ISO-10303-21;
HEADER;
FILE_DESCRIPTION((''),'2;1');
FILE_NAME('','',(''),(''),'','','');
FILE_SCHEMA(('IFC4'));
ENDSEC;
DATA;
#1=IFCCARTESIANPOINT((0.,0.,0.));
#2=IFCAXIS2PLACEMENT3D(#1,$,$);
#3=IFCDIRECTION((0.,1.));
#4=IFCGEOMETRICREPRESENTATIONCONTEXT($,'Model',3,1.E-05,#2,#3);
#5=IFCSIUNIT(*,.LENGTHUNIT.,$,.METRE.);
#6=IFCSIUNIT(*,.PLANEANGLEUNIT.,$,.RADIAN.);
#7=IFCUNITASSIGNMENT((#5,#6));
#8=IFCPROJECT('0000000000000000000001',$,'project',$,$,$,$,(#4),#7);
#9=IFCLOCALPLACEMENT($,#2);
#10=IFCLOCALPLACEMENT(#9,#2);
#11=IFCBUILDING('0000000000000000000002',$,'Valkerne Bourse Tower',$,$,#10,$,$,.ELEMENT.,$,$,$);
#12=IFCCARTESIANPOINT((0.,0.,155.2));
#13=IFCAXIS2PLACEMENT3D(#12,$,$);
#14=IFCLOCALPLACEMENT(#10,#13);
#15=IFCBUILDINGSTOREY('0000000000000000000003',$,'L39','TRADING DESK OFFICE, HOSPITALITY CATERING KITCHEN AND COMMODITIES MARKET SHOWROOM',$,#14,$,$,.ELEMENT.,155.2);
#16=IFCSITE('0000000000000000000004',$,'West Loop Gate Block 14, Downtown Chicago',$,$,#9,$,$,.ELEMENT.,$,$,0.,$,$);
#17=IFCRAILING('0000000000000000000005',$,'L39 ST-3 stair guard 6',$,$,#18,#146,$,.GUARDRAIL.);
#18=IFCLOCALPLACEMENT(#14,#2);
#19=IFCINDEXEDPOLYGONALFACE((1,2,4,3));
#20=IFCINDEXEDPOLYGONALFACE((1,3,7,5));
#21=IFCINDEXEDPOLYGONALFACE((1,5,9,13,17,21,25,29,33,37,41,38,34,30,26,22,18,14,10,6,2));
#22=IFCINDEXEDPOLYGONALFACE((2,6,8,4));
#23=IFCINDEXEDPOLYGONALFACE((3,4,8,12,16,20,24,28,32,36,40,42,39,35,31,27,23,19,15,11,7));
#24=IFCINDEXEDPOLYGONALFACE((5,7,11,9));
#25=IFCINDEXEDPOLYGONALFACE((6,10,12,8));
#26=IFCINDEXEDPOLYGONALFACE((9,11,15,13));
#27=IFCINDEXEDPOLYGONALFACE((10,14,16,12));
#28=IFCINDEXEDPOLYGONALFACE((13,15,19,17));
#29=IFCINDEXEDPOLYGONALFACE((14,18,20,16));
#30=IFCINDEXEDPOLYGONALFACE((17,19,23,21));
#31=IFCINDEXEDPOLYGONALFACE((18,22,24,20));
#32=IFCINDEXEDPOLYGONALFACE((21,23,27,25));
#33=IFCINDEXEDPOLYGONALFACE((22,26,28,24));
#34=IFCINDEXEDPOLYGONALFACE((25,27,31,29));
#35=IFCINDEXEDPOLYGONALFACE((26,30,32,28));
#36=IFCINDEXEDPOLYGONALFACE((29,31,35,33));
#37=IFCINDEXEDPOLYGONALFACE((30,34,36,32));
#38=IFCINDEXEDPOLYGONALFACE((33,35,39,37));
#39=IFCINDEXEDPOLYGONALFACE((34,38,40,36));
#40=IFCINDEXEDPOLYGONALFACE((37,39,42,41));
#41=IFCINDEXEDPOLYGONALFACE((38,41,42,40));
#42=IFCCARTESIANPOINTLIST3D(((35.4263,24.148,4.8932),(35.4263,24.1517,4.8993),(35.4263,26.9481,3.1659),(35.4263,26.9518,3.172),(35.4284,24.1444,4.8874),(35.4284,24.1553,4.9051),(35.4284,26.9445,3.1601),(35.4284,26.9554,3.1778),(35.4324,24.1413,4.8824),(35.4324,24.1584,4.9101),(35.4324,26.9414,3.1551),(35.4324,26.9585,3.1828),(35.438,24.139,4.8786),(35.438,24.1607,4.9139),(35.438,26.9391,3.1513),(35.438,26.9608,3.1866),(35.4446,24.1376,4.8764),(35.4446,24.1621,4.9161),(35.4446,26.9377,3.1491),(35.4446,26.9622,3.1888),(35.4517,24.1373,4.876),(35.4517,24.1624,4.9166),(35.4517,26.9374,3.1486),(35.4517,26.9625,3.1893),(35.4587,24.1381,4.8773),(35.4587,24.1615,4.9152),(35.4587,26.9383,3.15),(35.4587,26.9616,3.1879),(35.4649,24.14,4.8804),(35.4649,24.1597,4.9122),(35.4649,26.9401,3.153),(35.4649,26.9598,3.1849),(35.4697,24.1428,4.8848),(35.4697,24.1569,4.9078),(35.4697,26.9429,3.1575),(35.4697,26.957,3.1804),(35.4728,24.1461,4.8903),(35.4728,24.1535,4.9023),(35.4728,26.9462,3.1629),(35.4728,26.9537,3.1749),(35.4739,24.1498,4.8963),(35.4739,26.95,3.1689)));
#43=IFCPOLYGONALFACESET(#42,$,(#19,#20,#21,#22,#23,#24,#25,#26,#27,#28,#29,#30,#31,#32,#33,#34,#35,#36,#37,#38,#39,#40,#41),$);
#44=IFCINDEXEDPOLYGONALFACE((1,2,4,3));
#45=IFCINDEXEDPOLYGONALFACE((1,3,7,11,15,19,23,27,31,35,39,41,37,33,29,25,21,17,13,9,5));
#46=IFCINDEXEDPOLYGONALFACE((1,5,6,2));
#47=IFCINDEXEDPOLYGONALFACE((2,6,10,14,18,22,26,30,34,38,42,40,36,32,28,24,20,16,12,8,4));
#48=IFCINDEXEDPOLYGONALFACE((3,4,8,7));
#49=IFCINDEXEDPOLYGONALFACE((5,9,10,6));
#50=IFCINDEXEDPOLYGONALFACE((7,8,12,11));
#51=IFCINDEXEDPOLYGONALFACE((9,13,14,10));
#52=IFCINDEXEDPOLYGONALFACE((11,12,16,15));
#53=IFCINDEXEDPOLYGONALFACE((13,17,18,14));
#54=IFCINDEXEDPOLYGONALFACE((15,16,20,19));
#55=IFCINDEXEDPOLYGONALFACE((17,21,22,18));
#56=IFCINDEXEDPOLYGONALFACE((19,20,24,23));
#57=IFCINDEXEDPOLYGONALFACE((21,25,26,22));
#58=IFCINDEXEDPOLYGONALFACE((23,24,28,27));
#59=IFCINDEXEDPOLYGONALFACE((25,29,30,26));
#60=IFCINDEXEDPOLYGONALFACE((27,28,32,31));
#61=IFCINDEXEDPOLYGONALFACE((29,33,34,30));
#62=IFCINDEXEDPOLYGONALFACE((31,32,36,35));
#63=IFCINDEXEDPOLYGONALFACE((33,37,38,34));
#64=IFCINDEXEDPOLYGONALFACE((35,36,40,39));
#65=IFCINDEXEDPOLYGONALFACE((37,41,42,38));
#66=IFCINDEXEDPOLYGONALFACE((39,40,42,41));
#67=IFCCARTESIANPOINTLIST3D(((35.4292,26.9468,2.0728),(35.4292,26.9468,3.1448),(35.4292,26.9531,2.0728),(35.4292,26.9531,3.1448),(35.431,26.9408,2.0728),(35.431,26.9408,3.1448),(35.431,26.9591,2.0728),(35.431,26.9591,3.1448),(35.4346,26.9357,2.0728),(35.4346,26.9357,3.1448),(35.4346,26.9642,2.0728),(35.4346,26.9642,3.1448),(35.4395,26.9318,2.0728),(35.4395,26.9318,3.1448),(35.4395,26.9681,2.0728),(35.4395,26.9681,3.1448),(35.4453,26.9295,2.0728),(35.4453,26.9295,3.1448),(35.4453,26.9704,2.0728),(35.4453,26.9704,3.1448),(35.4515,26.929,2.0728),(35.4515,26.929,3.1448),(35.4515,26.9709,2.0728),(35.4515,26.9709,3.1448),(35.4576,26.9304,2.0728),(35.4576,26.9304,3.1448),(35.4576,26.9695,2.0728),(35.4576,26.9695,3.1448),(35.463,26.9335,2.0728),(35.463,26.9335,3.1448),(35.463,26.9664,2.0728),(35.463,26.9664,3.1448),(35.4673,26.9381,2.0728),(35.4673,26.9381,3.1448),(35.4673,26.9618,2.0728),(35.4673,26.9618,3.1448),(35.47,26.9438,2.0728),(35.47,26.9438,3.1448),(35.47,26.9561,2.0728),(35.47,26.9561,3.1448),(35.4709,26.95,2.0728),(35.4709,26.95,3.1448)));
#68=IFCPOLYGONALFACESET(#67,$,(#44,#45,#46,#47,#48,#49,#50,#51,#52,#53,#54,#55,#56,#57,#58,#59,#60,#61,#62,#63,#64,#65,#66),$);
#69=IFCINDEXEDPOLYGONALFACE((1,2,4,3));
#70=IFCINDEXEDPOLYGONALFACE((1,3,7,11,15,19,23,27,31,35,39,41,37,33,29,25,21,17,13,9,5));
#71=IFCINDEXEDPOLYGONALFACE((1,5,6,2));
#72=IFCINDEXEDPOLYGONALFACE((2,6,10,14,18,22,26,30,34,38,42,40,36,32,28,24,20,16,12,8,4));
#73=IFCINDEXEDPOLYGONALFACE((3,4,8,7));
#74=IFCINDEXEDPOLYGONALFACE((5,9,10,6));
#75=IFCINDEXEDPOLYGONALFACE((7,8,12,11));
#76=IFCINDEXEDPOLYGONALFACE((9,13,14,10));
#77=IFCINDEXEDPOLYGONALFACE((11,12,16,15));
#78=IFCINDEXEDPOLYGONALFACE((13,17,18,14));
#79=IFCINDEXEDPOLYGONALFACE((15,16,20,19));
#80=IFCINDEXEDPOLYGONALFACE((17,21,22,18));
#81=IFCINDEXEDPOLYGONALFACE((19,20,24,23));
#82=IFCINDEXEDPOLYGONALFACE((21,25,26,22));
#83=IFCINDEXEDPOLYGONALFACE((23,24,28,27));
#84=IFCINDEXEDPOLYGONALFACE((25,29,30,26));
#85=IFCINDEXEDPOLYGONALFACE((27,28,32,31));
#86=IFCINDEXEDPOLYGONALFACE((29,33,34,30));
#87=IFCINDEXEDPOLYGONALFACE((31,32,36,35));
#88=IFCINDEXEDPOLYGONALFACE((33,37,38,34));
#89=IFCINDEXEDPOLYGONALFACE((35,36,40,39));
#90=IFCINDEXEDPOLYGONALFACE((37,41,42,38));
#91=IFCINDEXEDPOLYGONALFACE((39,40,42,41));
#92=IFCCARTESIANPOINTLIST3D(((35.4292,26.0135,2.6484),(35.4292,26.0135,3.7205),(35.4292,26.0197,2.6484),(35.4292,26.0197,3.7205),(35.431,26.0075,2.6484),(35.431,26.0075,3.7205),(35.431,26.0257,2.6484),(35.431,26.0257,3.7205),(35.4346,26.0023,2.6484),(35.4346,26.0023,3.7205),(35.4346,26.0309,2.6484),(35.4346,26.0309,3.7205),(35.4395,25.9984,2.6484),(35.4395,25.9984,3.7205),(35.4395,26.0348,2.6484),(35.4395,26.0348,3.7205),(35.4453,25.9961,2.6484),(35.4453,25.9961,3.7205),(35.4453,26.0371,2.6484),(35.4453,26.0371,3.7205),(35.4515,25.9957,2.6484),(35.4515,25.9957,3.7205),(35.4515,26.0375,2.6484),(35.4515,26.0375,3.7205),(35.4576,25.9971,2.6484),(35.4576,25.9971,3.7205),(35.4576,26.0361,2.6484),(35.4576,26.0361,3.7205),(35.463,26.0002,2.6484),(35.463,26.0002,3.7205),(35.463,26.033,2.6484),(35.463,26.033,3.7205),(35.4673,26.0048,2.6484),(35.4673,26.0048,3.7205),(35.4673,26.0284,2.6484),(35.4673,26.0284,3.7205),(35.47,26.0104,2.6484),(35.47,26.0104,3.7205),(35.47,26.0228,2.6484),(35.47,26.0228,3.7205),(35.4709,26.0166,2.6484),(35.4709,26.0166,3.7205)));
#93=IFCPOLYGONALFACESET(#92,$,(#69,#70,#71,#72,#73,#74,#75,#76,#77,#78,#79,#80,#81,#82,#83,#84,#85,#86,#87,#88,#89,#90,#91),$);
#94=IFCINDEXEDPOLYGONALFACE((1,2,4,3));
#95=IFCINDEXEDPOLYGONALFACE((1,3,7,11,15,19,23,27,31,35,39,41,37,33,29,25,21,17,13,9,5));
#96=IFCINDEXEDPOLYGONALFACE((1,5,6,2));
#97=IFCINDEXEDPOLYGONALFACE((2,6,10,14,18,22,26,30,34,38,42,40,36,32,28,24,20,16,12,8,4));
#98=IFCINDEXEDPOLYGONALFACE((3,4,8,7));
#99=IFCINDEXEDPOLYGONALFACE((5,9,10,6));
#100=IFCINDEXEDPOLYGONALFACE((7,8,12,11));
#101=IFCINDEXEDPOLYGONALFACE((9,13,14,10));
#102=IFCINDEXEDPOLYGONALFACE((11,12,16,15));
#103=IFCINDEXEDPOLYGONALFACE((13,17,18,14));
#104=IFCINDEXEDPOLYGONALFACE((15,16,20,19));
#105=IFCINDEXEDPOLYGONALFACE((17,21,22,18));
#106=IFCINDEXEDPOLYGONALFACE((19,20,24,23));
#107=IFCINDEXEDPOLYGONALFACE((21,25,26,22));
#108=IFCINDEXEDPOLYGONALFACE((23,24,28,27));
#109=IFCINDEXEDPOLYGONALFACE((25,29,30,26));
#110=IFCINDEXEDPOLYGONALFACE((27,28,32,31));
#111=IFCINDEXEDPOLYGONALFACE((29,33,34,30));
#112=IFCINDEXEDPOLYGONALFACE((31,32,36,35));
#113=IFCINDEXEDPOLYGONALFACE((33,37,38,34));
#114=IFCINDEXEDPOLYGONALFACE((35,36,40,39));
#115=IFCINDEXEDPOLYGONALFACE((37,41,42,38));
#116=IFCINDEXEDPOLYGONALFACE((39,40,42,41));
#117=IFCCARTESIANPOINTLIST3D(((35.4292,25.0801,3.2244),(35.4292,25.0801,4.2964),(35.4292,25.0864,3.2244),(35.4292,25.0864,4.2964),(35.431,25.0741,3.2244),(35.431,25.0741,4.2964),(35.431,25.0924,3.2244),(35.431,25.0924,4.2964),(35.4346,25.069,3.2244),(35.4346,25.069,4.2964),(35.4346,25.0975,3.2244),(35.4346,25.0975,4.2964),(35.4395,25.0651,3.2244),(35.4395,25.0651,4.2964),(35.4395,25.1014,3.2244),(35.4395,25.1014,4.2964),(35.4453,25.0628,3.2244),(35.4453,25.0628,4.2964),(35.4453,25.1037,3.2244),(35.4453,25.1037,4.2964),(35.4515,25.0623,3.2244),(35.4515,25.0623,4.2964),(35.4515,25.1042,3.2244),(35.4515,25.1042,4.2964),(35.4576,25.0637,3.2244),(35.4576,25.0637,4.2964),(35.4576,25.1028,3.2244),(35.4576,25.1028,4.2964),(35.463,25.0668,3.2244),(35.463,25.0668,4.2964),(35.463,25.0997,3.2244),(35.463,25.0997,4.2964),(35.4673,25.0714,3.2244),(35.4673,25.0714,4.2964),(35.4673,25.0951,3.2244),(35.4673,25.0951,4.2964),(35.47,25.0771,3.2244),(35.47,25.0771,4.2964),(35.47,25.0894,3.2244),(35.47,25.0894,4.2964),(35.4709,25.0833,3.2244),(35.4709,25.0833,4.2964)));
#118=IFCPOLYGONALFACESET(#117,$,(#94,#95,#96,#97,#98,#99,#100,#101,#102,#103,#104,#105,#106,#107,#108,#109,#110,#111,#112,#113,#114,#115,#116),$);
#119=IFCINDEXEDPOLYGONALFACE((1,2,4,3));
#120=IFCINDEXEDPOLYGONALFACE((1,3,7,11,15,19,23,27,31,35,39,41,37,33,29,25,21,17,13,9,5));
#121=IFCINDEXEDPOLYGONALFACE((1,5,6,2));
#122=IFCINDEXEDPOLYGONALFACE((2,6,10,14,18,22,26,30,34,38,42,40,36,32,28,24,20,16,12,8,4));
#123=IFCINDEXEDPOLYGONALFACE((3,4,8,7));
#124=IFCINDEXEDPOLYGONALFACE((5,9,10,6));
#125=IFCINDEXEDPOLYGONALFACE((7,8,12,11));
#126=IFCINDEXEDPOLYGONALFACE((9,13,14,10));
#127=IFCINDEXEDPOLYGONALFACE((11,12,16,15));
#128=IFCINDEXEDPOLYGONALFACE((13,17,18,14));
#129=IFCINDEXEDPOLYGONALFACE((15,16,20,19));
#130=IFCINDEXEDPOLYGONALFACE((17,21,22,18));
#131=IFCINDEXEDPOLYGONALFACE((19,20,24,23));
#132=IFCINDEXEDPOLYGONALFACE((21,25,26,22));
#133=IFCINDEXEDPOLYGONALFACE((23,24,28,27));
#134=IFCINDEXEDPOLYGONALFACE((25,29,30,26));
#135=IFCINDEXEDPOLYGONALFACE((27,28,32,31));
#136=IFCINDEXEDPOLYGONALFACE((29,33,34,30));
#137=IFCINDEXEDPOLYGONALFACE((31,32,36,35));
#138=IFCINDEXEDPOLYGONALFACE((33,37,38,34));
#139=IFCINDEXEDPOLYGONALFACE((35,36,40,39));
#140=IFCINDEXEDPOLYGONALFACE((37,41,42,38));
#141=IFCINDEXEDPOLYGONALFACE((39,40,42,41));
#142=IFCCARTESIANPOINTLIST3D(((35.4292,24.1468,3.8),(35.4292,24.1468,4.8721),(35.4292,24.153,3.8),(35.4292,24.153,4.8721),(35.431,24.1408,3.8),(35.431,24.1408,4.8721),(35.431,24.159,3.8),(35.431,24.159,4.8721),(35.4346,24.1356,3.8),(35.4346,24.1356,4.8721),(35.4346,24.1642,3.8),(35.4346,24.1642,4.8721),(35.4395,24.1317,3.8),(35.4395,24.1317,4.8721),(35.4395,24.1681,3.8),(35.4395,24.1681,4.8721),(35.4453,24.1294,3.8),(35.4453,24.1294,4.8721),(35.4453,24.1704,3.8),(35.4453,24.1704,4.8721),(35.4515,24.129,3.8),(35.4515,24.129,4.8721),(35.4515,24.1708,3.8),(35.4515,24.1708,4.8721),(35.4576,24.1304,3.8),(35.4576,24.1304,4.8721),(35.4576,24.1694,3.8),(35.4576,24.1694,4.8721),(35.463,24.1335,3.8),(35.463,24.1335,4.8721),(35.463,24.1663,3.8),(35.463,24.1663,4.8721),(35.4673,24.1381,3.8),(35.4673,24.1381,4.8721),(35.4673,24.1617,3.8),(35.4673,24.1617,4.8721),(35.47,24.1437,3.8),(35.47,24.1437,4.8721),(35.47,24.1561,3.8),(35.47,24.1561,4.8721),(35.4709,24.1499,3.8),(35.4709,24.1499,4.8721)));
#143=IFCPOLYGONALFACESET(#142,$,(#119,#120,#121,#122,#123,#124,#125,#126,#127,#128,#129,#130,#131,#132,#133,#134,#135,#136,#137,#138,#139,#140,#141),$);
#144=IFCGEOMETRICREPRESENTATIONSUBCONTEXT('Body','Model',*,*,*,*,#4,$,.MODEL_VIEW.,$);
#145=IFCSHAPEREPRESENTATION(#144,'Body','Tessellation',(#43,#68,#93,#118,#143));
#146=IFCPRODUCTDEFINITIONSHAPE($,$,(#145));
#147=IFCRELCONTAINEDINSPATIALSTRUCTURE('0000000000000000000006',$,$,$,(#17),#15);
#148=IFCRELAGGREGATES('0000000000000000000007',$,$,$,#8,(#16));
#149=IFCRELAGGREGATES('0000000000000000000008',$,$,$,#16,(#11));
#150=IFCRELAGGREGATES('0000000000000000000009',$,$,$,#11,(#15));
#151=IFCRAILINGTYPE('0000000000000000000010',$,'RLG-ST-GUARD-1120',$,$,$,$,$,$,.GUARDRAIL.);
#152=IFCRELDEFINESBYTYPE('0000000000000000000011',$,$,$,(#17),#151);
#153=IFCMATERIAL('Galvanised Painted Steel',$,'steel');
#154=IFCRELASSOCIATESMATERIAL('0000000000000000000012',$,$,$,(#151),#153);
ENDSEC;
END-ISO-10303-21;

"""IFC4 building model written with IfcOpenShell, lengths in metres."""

from ifc_helpers import new_model, si_unit, direction, frame, origin, origin_2d, place, context, subcontext, project, spatial, circle, extrude, material, type_object, element, save


model = new_model("IFC4")

# Units and contexts
model_context = context("Model", 3, precision=1e-05, world=origin(), true_north=direction((0.0, 1.0)))
body_context = subcontext(model_context, "Body", "Model", "MODEL_VIEW")
ifc_project = project(units=[si_unit("LENGTHUNIT", "METRE"), si_unit("PLANEANGLEUNIT", "RADIAN")], contexts=[model_context])

# Site, building, storey
site_placement = place(None, origin())
site = spatial("IfcSite", under=ifc_project, at=site_placement, Name="West Loop Gate Block 14, Downtown Chicago", CompositionType="ELEMENT", RefElevation=0.0)
building_placement = place(site_placement, origin())
building = spatial("IfcBuilding", under=site, at=building_placement, Name="Valkerne Bourse Tower", CompositionType="ELEMENT")
storey_placement = place(building_placement, frame((0.0, 0.0, 155.2)))
storey = spatial("IfcBuildingStorey", under=building, at=storey_placement, Name="L39", Description="TRADING DESK OFFICE, HOSPITALITY CATERING KITCHEN AND COMMODITIES MARKET SHOWROOM", CompositionType="ELEMENT", Elevation=155.2)

# Railing
ifc_material_1 = material(Name="Galvanised Painted Steel", Category="steel")
railing_type_1 = type_object("IfcRailingType", Name="RLG-ST-GUARD-1120", PredefinedType="GUARDRAIL", material=ifc_material_1)
railing_1_placement = place(storey_placement, frame((35.45, 26.95, 2.0728)))
element("IfcRailing", 1, at=railing_1_placement, inside=storey, type_object=railing_type_1, Name="L39 ST-3 stair guard 6", PredefinedType="GUARDRAIL", context=body_context, shape_type="SweptSolid", body=[
    extrude(circle(Radius=0.0239, at=origin_2d()), frame((0.0, 0.0, 1.0962), z_axis=(0.0, -0.85109, 0.52502), x_axis=(1.0, 0.0, 0.0)), (0.0, 0.0, 1.0), 3.29),
    extrude(circle(Radius=0.021, at=origin_2d()), origin(), (0.0, 0.0, 1.0), 1.072),
    extrude(circle(Radius=0.021, at=origin_2d()), frame((0.0, -0.9333, 0.5757)), (0.0, 0.0, 1.0), 1.072),
    extrude(circle(Radius=0.021, at=origin_2d()), frame((0.0, -1.8667, 1.1516)), (0.0, 0.0, 1.0), 1.072),
    extrude(circle(Radius=0.021, at=origin_2d()), frame((0.0, -2.8, 1.7273)), (0.0, 0.0, 1.0), 1.072),
])

save(model, "model.ifc")
